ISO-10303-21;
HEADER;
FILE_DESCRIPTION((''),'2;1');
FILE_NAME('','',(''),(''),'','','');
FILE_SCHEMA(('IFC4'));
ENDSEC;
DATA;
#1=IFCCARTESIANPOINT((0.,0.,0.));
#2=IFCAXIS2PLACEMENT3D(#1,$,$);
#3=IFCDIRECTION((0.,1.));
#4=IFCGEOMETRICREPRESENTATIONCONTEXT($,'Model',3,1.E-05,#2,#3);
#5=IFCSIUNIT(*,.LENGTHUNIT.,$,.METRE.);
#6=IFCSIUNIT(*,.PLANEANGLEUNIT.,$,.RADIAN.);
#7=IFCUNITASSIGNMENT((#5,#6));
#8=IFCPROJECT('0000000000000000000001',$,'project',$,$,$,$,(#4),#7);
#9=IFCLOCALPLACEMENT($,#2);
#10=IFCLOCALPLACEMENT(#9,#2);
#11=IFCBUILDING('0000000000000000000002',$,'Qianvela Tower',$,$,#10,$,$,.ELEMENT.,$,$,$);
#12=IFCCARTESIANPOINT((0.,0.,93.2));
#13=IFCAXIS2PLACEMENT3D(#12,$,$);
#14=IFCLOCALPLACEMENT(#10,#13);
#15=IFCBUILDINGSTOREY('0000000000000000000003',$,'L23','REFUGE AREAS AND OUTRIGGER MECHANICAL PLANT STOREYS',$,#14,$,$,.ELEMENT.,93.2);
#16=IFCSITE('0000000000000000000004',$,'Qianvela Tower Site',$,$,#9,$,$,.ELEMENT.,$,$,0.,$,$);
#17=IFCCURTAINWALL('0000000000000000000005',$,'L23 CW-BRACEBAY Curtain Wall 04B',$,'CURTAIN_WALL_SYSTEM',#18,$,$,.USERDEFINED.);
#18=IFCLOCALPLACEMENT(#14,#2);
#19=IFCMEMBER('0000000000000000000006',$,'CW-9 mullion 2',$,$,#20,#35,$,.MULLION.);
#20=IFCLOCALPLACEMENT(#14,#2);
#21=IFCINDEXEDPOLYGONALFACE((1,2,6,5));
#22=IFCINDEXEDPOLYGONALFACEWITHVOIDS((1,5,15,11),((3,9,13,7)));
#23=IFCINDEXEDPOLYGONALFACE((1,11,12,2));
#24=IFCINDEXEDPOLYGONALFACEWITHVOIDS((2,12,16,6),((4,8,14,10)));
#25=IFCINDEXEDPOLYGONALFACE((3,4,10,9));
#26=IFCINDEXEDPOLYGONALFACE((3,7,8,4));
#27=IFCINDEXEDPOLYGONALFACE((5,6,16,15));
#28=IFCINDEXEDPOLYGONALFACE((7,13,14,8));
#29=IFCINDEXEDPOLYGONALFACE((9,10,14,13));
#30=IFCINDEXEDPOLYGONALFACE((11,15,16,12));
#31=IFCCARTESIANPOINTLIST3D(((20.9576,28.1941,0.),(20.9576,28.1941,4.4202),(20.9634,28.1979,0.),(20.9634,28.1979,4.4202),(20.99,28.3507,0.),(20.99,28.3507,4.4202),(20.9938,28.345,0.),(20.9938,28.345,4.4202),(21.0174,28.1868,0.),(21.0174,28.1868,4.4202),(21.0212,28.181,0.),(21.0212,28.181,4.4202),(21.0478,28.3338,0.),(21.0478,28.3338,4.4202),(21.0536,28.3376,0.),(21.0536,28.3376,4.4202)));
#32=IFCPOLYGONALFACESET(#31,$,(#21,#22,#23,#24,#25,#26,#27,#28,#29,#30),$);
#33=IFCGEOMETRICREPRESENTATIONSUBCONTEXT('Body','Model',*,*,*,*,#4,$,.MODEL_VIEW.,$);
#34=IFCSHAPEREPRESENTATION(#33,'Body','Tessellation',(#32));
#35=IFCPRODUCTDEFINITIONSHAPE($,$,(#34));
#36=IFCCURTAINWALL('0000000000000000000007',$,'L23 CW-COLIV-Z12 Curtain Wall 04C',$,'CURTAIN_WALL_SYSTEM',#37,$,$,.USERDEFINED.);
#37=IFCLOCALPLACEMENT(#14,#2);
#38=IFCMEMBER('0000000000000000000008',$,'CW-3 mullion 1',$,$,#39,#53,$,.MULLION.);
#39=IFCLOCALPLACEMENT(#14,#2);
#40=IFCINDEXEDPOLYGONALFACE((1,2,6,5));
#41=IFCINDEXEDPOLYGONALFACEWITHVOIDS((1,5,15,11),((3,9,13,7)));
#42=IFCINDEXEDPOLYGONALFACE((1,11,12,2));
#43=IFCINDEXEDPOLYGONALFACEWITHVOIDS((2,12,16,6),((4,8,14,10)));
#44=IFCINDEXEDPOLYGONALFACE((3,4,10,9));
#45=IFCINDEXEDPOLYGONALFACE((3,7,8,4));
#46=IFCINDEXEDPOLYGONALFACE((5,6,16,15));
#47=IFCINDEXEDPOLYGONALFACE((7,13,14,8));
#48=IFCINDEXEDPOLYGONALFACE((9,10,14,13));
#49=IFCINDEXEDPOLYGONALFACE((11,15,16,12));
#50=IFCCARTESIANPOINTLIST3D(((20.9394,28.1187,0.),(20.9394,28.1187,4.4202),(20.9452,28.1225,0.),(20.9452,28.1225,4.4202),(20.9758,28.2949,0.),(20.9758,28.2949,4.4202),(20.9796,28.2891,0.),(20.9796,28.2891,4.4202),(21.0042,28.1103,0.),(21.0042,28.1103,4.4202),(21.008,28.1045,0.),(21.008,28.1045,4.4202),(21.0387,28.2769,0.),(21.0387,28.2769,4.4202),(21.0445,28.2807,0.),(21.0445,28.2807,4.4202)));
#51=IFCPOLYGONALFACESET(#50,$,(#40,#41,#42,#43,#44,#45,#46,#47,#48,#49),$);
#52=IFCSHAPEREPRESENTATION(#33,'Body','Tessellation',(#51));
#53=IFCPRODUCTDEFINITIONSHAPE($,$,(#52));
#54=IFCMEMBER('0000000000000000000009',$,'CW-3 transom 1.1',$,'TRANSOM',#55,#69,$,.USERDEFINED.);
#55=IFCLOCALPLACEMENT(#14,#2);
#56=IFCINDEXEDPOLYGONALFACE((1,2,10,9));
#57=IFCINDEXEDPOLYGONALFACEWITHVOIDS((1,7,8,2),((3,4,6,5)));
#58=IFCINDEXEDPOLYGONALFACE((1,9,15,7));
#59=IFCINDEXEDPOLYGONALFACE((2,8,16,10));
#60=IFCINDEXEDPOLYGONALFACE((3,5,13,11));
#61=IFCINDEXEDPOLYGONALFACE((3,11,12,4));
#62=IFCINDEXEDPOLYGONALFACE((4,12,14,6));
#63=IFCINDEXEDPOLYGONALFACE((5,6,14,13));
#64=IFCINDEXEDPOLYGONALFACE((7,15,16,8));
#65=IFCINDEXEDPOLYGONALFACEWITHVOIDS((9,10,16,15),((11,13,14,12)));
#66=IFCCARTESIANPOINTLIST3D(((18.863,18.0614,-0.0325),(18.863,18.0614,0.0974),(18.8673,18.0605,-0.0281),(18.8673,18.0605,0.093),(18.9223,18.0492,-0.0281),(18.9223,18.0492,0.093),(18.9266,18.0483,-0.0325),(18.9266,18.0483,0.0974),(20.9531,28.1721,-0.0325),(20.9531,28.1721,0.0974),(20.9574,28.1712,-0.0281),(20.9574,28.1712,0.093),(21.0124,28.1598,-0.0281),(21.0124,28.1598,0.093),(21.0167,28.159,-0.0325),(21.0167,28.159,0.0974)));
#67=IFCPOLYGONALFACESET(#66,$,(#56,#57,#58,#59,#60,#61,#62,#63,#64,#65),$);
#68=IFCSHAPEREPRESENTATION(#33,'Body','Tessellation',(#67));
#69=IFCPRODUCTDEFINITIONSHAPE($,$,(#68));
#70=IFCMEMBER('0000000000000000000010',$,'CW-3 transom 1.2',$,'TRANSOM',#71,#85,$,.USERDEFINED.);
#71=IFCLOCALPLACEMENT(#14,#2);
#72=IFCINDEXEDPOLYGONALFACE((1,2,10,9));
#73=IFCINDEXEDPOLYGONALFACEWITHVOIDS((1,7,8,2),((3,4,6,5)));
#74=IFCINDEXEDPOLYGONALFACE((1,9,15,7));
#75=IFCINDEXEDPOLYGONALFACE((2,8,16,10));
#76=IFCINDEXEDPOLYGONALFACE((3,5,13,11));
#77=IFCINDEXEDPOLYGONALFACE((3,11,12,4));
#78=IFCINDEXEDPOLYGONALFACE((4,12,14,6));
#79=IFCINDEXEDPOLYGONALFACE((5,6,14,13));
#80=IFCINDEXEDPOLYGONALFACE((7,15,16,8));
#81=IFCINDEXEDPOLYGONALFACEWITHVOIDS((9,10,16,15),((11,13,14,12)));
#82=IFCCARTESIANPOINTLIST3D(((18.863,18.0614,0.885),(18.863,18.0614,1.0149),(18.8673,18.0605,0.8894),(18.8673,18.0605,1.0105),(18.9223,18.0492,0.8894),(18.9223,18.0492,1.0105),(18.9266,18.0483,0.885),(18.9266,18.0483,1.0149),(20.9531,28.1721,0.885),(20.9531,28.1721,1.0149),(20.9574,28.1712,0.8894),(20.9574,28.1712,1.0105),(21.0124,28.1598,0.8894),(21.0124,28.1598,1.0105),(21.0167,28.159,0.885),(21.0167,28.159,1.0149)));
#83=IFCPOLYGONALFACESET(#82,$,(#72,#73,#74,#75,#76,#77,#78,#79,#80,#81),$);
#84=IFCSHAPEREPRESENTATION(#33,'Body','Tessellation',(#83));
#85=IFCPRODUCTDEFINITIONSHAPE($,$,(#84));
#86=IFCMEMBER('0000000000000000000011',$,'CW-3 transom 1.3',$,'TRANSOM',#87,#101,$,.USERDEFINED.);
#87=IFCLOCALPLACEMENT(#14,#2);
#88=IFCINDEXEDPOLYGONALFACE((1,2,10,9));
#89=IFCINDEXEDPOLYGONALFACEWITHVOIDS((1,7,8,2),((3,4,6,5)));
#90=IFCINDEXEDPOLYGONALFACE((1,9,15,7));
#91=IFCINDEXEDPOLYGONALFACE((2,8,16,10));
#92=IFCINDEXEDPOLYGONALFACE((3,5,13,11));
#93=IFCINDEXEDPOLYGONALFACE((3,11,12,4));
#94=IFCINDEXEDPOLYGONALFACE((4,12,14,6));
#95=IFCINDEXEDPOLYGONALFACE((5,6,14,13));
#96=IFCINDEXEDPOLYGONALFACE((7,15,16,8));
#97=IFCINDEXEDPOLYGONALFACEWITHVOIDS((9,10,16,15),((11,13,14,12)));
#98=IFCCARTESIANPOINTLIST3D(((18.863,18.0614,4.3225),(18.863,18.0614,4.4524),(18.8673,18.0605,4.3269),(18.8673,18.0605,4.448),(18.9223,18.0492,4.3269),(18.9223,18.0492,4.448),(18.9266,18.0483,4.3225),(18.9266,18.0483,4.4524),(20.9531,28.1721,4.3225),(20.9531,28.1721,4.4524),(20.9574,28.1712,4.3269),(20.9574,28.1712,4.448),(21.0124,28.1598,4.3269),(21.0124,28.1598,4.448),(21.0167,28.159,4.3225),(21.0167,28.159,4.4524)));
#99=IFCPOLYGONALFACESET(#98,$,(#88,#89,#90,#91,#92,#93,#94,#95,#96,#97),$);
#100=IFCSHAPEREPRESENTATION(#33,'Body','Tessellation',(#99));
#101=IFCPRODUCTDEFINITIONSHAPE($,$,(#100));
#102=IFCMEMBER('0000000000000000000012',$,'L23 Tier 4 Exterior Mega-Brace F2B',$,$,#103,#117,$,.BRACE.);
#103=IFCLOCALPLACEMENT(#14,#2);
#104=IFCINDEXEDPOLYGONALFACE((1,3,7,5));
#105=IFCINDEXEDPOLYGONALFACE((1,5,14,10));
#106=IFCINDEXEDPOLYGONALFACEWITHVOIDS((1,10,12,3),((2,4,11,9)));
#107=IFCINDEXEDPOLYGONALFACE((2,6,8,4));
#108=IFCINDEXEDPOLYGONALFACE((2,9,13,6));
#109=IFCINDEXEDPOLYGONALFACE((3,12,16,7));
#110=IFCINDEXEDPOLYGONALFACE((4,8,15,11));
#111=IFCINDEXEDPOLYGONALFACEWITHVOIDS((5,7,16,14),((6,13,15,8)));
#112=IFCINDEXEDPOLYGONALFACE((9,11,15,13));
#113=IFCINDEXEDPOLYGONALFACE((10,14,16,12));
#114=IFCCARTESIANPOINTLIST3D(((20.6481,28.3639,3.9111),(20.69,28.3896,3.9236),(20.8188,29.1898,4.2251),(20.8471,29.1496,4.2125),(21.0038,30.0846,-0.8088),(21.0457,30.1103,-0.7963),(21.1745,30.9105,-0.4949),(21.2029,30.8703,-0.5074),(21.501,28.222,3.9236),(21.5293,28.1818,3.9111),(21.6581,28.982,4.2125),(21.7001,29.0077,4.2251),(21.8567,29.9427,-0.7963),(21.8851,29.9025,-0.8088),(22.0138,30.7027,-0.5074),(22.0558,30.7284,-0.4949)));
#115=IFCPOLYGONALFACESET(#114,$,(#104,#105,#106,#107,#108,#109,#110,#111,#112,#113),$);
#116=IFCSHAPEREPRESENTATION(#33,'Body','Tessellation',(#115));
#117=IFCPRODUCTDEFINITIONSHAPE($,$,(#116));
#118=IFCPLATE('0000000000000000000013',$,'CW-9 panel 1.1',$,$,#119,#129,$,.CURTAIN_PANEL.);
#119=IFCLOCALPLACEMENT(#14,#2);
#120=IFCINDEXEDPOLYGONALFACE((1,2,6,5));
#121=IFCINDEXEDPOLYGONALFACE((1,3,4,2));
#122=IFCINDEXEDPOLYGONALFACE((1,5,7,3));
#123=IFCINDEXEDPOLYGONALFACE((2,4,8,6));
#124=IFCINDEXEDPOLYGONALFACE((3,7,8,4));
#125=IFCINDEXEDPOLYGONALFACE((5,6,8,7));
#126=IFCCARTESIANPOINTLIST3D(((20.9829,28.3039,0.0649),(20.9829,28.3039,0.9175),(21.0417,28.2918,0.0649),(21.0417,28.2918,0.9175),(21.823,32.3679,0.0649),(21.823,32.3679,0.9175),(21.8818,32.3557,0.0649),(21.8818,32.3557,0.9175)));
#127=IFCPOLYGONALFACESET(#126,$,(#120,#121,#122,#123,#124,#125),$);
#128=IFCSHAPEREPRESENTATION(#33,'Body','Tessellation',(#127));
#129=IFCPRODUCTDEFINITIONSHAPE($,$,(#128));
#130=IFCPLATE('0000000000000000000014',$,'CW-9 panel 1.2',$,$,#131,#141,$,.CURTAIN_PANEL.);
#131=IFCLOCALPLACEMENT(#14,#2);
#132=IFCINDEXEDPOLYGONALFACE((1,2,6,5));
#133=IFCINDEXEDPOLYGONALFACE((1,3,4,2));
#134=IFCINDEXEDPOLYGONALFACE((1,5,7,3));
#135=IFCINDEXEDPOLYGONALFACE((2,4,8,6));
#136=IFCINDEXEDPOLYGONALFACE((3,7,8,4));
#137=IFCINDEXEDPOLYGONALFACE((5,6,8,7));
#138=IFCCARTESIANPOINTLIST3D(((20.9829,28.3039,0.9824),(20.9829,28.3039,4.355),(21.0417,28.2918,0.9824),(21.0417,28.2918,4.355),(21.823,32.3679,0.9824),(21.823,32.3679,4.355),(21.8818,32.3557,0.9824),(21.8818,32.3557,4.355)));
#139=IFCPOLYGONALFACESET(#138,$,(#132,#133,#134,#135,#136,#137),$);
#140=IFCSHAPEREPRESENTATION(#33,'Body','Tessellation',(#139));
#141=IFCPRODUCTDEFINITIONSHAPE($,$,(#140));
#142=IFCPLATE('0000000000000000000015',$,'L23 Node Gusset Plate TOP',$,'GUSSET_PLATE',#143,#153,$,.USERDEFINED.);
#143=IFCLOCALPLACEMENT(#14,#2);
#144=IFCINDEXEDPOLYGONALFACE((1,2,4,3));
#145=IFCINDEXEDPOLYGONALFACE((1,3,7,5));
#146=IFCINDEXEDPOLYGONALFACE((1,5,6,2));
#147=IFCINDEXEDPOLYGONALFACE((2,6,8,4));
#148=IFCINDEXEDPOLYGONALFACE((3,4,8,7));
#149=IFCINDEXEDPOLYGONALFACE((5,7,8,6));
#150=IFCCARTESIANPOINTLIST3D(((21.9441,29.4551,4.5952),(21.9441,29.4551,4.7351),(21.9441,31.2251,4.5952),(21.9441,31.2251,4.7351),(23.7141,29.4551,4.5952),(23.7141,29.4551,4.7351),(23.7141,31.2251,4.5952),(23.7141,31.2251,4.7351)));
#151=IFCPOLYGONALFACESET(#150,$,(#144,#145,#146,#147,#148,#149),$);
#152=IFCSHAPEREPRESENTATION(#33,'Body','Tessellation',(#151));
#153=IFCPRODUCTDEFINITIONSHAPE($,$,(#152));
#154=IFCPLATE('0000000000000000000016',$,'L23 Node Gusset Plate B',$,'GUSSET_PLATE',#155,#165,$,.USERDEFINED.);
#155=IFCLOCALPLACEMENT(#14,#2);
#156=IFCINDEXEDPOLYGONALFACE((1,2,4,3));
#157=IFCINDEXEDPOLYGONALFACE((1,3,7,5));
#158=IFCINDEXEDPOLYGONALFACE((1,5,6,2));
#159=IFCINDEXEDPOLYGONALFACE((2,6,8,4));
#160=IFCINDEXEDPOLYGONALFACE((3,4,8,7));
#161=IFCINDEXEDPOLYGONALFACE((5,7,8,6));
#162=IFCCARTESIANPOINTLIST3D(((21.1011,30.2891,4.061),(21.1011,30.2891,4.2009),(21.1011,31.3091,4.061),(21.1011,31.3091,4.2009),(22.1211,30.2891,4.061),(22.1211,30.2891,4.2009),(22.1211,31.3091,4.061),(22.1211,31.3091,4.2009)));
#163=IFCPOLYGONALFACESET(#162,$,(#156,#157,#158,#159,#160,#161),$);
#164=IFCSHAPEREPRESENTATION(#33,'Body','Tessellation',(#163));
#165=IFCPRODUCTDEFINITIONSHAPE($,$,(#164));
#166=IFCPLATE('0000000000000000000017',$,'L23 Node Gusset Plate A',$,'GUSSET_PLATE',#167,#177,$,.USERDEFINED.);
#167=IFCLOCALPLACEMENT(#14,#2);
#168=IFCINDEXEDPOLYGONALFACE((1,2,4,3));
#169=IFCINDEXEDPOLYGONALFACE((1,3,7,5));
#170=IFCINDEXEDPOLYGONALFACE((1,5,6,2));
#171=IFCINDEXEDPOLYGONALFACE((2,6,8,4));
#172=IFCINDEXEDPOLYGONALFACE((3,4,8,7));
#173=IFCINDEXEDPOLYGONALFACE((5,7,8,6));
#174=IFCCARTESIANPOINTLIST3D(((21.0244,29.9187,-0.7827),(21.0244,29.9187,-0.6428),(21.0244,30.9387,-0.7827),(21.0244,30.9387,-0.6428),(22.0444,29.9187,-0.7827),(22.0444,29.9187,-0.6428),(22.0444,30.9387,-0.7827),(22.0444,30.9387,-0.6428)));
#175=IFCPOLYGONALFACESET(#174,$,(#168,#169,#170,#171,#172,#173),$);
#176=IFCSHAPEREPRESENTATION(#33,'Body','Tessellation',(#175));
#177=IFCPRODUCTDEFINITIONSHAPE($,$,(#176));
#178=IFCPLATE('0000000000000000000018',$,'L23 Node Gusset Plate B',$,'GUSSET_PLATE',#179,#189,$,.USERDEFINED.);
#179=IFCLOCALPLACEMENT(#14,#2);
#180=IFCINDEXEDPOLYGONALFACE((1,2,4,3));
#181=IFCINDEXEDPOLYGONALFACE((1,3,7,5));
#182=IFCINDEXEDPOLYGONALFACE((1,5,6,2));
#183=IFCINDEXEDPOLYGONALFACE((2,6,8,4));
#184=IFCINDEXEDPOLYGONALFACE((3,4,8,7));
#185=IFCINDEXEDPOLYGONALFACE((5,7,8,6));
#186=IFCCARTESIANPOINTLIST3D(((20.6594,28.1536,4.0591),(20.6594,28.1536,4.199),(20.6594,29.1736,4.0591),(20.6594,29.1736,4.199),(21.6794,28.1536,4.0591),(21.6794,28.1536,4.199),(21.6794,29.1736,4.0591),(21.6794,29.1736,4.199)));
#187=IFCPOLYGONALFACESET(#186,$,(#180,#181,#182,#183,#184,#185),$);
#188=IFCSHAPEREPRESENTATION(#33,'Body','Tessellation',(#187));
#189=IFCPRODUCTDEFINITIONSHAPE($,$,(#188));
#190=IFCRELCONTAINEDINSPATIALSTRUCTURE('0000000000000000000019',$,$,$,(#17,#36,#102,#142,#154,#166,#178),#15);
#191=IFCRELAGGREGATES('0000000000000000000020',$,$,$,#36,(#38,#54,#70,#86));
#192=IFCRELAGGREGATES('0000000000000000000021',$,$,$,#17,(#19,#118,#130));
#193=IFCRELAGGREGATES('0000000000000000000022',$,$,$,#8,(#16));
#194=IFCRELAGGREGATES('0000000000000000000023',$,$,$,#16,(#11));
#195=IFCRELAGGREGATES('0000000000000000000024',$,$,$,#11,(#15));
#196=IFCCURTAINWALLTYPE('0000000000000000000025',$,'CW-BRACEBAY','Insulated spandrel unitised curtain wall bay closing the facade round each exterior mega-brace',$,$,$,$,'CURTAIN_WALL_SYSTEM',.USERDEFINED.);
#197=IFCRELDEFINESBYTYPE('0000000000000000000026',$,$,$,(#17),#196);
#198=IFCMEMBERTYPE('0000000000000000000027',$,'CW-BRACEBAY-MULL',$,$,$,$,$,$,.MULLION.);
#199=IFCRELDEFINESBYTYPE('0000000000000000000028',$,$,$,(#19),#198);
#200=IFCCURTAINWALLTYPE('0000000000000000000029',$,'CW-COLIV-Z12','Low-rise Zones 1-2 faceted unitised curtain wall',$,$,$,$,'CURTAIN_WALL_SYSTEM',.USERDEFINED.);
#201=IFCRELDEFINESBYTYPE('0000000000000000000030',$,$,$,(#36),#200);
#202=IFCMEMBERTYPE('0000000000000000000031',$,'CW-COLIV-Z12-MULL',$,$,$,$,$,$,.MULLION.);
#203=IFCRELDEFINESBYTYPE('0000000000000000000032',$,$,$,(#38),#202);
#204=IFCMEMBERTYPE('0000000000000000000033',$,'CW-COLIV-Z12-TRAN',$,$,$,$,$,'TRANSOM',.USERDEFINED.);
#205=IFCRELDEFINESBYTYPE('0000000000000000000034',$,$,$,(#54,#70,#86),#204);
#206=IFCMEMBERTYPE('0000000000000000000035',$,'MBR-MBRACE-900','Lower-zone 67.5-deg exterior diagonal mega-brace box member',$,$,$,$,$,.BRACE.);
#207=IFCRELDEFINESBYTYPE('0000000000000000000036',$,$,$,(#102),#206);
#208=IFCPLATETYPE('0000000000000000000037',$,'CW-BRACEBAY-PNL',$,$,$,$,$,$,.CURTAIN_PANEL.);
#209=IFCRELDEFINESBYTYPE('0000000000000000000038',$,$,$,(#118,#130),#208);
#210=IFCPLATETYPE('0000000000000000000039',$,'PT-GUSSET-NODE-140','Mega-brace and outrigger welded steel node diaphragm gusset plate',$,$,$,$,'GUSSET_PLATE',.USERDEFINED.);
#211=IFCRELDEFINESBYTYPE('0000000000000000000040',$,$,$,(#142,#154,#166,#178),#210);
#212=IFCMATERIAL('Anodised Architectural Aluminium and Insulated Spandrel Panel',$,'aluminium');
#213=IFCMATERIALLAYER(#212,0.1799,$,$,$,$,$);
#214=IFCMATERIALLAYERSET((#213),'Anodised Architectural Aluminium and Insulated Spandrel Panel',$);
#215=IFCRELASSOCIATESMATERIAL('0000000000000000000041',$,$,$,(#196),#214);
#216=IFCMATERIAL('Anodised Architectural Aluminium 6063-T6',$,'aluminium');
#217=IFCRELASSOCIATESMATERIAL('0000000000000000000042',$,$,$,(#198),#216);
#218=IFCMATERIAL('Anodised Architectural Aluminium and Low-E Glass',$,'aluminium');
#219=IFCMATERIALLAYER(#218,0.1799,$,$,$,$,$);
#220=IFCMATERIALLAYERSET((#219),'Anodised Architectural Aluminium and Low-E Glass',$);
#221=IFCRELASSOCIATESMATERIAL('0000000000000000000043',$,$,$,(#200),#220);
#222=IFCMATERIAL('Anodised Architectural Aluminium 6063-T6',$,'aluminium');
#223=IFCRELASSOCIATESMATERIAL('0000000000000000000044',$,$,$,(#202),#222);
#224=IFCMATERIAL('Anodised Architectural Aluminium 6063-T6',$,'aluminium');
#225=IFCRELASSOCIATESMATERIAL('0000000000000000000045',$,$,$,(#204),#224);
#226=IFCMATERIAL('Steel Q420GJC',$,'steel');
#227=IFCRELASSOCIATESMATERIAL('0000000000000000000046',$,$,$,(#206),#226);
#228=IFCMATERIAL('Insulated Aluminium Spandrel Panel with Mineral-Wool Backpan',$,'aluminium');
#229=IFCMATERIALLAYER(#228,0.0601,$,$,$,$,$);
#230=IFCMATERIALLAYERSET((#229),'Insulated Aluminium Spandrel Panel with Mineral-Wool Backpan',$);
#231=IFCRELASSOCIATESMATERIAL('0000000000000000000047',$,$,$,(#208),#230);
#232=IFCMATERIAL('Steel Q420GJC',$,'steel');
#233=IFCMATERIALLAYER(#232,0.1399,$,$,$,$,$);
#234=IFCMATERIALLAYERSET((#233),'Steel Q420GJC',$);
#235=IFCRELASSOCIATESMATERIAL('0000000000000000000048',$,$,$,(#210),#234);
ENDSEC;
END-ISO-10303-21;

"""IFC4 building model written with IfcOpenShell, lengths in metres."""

from ifc_helpers import new_model, si_unit, direction, frame, origin, origin_2d, place, context, subcontext, project, spatial, rectangle, hollow_rectangle, extrude, material, layer, layer_set, material_profile, profile_set, type_object, element, aggregate, save


model = new_model("IFC4")

# Units and contexts
model_context = context("Model", 3, precision=1e-05, world=origin(), true_north=direction((0.0, 1.0)))
body_context = subcontext(model_context, "Body", "Model", "MODEL_VIEW")
ifc_project = project(units=[si_unit("LENGTHUNIT", "METRE"), si_unit("PLANEANGLEUNIT", "RADIAN")], contexts=[model_context])

# Site, building, storey
site_placement = place(None, origin())
site = spatial("IfcSite", under=ifc_project, at=site_placement, Name="Qianvela Tower Site", CompositionType="ELEMENT", RefElevation=0.0)
building_placement = place(site_placement, origin())
building = spatial("IfcBuilding", under=site, at=building_placement, Name="Qianvela Tower", CompositionType="ELEMENT")
storey_placement = place(building_placement, frame((0.0, 0.0, 93.2)))
storey = spatial("IfcBuildingStorey", under=building, at=storey_placement, Name="L23", Description="REFUGE AREAS AND OUTRIGGER MECHANICAL PLANT STOREYS", CompositionType="ELEMENT", Elevation=93.2)

# Curtain wall, member
ifc_material_1 = material(Name="Anodised Architectural Aluminium and Insulated Spandrel Panel", Category="aluminium")
ifc_layer_1 = layer(ifc_material_1, 0.1799)
ifc_layer_set_1 = layer_set([ifc_layer_1], Name="Anodised Architectural Aluminium and Insulated Spandrel Panel")
curtain_wall_type_1 = type_object("IfcCurtainWallType", Name="CW-BRACEBAY", Description="Insulated spandrel unitised curtain wall bay closing the facade round each exterior mega-brace", ElementType="CURTAIN_WALL_SYSTEM", PredefinedType="USERDEFINED", material=ifc_layer_set_1)
curtain_wall_1_placement = place(storey_placement, origin())
curtain_wall_1 = element("IfcCurtainWall", 1, at=curtain_wall_1_placement, inside=storey, type_object=curtain_wall_type_1, Name="L23 CW-BRACEBAY Curtain Wall 04B", ObjectType="CURTAIN_WALL_SYSTEM", PredefinedType="USERDEFINED")
ifc_material_2 = material(Name="Anodised Architectural Aluminium 6063-T6", Category="aluminium")
ifc_material_profile_1 = material_profile(ifc_material_2, hollow_rectangle(XDim=0.0649, YDim=0.1599, WallThickness=0.0049, at=origin_2d()), Name="ALU-MULL-65x160")
ifc_profile_set_1 = profile_set([ifc_material_profile_1], Name="Anodised Architectural Aluminium 6063-T6")
member_type_1 = type_object("IfcMemberType", Name="CW-BRACEBAY-MULL", PredefinedType="MULLION", material=ifc_profile_set_1)
member_1_placement = place(storey_placement, frame((21.0056, 28.2659, 0.0), z_axis=(0.0, 0.0, 1.0), x_axis=(0.979296, -0.202434, 0.0)))
member_1 = element("IfcMember", 2, at=member_1_placement, type_object=member_type_1, Name="CW-9 mullion 2", PredefinedType="MULLION", context=body_context, shape_type="SweptSolid", body=[
    extrude(hollow_rectangle(XDim=0.0649, YDim=0.1599, WallThickness=0.0049, at=origin_2d()), origin(), (0.0, 0.0, 1.0), 4.4202),
])

# Curtain wall, members
ifc_material_3 = material(Name="Anodised Architectural Aluminium and Low-E Glass", Category="aluminium")
ifc_layer_2 = layer(ifc_material_3, 0.1799)
ifc_layer_set_2 = layer_set([ifc_layer_2], Name="Anodised Architectural Aluminium and Low-E Glass")
curtain_wall_type_2 = type_object("IfcCurtainWallType", Name="CW-COLIV-Z12", Description="Low-rise Zones 1-2 faceted unitised curtain wall", ElementType="CURTAIN_WALL_SYSTEM", PredefinedType="USERDEFINED", material=ifc_layer_set_2)
curtain_wall_2_placement = place(storey_placement, origin())
curtain_wall_2 = element("IfcCurtainWall", 3, at=curtain_wall_2_placement, inside=storey, type_object=curtain_wall_type_2, Name="L23 CW-COLIV-Z12 Curtain Wall 04C", ObjectType="CURTAIN_WALL_SYSTEM", PredefinedType="USERDEFINED")
ifc_material_4 = material(Name="Anodised Architectural Aluminium 6063-T6", Category="aluminium")
ifc_material_profile_2 = material_profile(ifc_material_4, hollow_rectangle(XDim=0.0701, YDim=0.1799, WallThickness=0.0049, at=origin_2d()), Name="ALU-MULL-70x180")
ifc_profile_set_2 = profile_set([ifc_material_profile_2], Name="Anodised Architectural Aluminium 6063-T6")
member_type_2 = type_object("IfcMemberType", Name="CW-COLIV-Z12-MULL", PredefinedType="MULLION", material=ifc_profile_set_2)
member_2_placement = place(storey_placement, frame((20.9919, 28.1997, 0.0), z_axis=(0.0, 0.0, 1.0), x_axis=(0.979293, -0.202447, 0.0)))
member_2 = element("IfcMember", 4, at=member_2_placement, type_object=member_type_2, Name="CW-3 mullion 1", PredefinedType="MULLION", context=body_context, shape_type="SweptSolid", body=[
    extrude(hollow_rectangle(XDim=0.0701, YDim=0.1799, WallThickness=0.0049, at=origin_2d()), origin(), (0.0, 0.0, 1.0), 4.4202),
])
ifc_material_5 = material(Name="Anodised Architectural Aluminium 6063-T6", Category="aluminium")
ifc_material_profile_3 = material_profile(ifc_material_5, hollow_rectangle(XDim=0.0649, YDim=0.1299, WallThickness=0.0044, at=origin_2d()), Name="ALU-TRAN-65x130")
ifc_profile_set_3 = profile_set([ifc_material_profile_3], Name="Anodised Architectural Aluminium 6063-T6")
member_type_3 = type_object("IfcMemberType", Name="CW-COLIV-Z12-TRAN", ElementType="TRANSOM", PredefinedType="USERDEFINED", material=ifc_profile_set_3)
member_3_placement = place(storey_placement, frame((20.9849, 28.1655, 0.0325), z_axis=(-0.202442, -0.979294, 0.0), x_axis=(0.979294, -0.202442, 0.0)))
member_3 = element("IfcMember", 5, at=member_3_placement, type_object=member_type_3, Name="CW-3 transom 1.1", ObjectType="TRANSOM", PredefinedType="USERDEFINED", context=body_context, shape_type="SweptSolid", body=[
    extrude(hollow_rectangle(XDim=0.0649, YDim=0.1299, WallThickness=0.0044, at=origin_2d()), origin(), (0.0, 0.0, 1.0), 10.3245),
])
member_4_placement = place(storey_placement, frame((20.9849, 28.1655, 0.95), z_axis=(-0.202442, -0.979294, 0.0), x_axis=(0.979294, -0.202442, 0.0)))
member_4 = element("IfcMember", 6, at=member_4_placement, type_object=member_type_3, Name="CW-3 transom 1.2", ObjectType="TRANSOM", PredefinedType="USERDEFINED", context=body_context, shape_type="SweptSolid", body=[
    extrude(hollow_rectangle(XDim=0.0649, YDim=0.1299, WallThickness=0.0044, at=origin_2d()), origin(), (0.0, 0.0, 1.0), 10.3245),
])
member_5_placement = place(storey_placement, frame((20.9849, 28.1655, 4.3875), z_axis=(-0.202442, -0.979294, 0.0), x_axis=(0.979294, -0.202442, 0.0)))
member_5 = element("IfcMember", 7, at=member_5_placement, type_object=member_type_3, Name="CW-3 transom 1.3", ObjectType="TRANSOM", PredefinedType="USERDEFINED", context=body_context, shape_type="SweptSolid", body=[
    extrude(hollow_rectangle(XDim=0.0649, YDim=0.1299, WallThickness=0.0044, at=origin_2d()), origin(), (0.0, 0.0, 1.0), 10.3245),
])
aggregate(curtain_wall_2, [member_2, member_3, member_4, member_5])

# Member
ifc_material_6 = material(Name="Steel Q420GJC", Category="steel")
ifc_material_profile_4 = material_profile(ifc_material_6, hollow_rectangle(XDim=0.8999, YDim=0.8999, WallThickness=0.0359, at=origin_2d()), Name="MBOX-900x900x36")
ifc_profile_set_4 = profile_set([ifc_material_profile_4], Name="Steel Q420GJC")
member_type_4 = type_object("IfcMemberType", Name="MBR-MBRACE-900", Description="Lower-zone 67.5-deg exterior diagonal mega-brace box member", PredefinedType="BRACE", material=ifc_profile_set_4)
member_6_placement = place(storey_placement, frame((21.5298, 30.4065, -0.6519), z_axis=(-0.070628, -0.341652, 0.937169), x_axis=(0.979294, -0.202445, 0.0)))
element("IfcMember", 8, at=member_6_placement, inside=storey, type_object=member_type_4, Name="L23 Tier 4 Exterior Mega-Brace F2B", PredefinedType="BRACE", context=body_context, shape_type="SweptSolid", body=[
    extrude(hollow_rectangle(XDim=0.8999, YDim=0.8999, WallThickness=0.0359, at=origin_2d()), origin(), (0.0, 0.0, 1.0), 5.0364),
])

# Plates
ifc_material_7 = material(Name="Insulated Aluminium Spandrel Panel with Mineral-Wool Backpan", Category="aluminium")
ifc_layer_3 = layer(ifc_material_7, 0.0601)
ifc_layer_set_3 = layer_set([ifc_layer_3], Name="Insulated Aluminium Spandrel Panel with Mineral-Wool Backpan")
plate_type_1 = type_object("IfcPlateType", Name="CW-BRACEBAY-PNL", PredefinedType="CURTAIN_PANEL", material=ifc_layer_set_3)
plate_1_placement = place(storey_placement, frame((21.4324, 30.3298, 0.0649), z_axis=(0.0, 0.0, 1.0), x_axis=(-0.202434, -0.979296, 0.0)))
plate_1 = element("IfcPlate", 9, at=plate_1_placement, type_object=plate_type_1, Name="CW-9 panel 1.1", PredefinedType="CURTAIN_PANEL", context=body_context, shape_type="SweptSolid", body=[
    extrude(rectangle(XDim=4.1499, YDim=0.0601, at=origin_2d()), origin(), (0.0, 0.0, 1.0), 0.8525),
])
plate_2_placement = place(storey_placement, frame((21.4324, 30.3298, 0.9824), z_axis=(0.0, 0.0, 1.0), x_axis=(-0.202434, -0.979296, 0.0)))
plate_2 = element("IfcPlate", 10, at=plate_2_placement, type_object=plate_type_1, Name="CW-9 panel 1.2", PredefinedType="CURTAIN_PANEL", context=body_context, shape_type="SweptSolid", body=[
    extrude(rectangle(XDim=4.1499, YDim=0.0601, at=origin_2d()), origin(), (0.0, 0.0, 1.0), 3.3726),
])
aggregate(curtain_wall_1, [member_1, plate_1, plate_2])

# Plates
ifc_material_8 = material(Name="Steel Q420GJC", Category="steel")
ifc_layer_4 = layer(ifc_material_8, 0.1399)
ifc_layer_set_4 = layer_set([ifc_layer_4], Name="Steel Q420GJC")
plate_type_2 = type_object("IfcPlateType", Name="PT-GUSSET-NODE-140", Description="Mega-brace and outrigger welded steel node diaphragm gusset plate", ElementType="GUSSET_PLATE", PredefinedType="USERDEFINED", material=ifc_layer_set_4)
plate_3_placement = place(storey_placement, frame((22.8291, 30.3401, 4.5952), z_axis=(0.0, 0.0, 1.0), x_axis=(1.0, 0.0, 0.0)))
element("IfcPlate", 11, at=plate_3_placement, inside=storey, type_object=plate_type_2, Name="L23 Node Gusset Plate TOP", ObjectType="GUSSET_PLATE", PredefinedType="USERDEFINED", context=body_context, shape_type="SweptSolid", body=[
    extrude(rectangle(XDim=1.77, YDim=1.77, at=origin_2d()), origin(), (0.0, 0.0, 1.0), 0.1399),
])
for number, where, z_axis, x_axis, name in (
    (12, (21.6111, 30.7991, 4.061), (0.0, 0.0, 1.0), (1.0, 0.0, 0.0), "L23 Node Gusset Plate B"),
    (13, (21.5344, 30.4287, -0.7827), (0.0, 0.0, 1.0), (1.0, 0.0, 0.0), "L23 Node Gusset Plate A"),
    (14, (21.1694, 28.6636, 4.0591), (0.0, 0.0, 1.0), (1.0, 0.0, 0.0), "L23 Node Gusset Plate B"),
):
    element("IfcPlate", number, at=place(storey_placement, frame(where, z_axis=z_axis, x_axis=x_axis)), inside=storey, type_object=plate_type_2, Name=name, ObjectType="GUSSET_PLATE", PredefinedType="USERDEFINED", context=body_context, shape_type="SweptSolid", body=[
        extrude(rectangle(XDim=1.02, YDim=1.02, at=origin_2d()), origin(), (0.0, 0.0, 1.0), 0.1399),
    ])

save(model, "model.ifc")
